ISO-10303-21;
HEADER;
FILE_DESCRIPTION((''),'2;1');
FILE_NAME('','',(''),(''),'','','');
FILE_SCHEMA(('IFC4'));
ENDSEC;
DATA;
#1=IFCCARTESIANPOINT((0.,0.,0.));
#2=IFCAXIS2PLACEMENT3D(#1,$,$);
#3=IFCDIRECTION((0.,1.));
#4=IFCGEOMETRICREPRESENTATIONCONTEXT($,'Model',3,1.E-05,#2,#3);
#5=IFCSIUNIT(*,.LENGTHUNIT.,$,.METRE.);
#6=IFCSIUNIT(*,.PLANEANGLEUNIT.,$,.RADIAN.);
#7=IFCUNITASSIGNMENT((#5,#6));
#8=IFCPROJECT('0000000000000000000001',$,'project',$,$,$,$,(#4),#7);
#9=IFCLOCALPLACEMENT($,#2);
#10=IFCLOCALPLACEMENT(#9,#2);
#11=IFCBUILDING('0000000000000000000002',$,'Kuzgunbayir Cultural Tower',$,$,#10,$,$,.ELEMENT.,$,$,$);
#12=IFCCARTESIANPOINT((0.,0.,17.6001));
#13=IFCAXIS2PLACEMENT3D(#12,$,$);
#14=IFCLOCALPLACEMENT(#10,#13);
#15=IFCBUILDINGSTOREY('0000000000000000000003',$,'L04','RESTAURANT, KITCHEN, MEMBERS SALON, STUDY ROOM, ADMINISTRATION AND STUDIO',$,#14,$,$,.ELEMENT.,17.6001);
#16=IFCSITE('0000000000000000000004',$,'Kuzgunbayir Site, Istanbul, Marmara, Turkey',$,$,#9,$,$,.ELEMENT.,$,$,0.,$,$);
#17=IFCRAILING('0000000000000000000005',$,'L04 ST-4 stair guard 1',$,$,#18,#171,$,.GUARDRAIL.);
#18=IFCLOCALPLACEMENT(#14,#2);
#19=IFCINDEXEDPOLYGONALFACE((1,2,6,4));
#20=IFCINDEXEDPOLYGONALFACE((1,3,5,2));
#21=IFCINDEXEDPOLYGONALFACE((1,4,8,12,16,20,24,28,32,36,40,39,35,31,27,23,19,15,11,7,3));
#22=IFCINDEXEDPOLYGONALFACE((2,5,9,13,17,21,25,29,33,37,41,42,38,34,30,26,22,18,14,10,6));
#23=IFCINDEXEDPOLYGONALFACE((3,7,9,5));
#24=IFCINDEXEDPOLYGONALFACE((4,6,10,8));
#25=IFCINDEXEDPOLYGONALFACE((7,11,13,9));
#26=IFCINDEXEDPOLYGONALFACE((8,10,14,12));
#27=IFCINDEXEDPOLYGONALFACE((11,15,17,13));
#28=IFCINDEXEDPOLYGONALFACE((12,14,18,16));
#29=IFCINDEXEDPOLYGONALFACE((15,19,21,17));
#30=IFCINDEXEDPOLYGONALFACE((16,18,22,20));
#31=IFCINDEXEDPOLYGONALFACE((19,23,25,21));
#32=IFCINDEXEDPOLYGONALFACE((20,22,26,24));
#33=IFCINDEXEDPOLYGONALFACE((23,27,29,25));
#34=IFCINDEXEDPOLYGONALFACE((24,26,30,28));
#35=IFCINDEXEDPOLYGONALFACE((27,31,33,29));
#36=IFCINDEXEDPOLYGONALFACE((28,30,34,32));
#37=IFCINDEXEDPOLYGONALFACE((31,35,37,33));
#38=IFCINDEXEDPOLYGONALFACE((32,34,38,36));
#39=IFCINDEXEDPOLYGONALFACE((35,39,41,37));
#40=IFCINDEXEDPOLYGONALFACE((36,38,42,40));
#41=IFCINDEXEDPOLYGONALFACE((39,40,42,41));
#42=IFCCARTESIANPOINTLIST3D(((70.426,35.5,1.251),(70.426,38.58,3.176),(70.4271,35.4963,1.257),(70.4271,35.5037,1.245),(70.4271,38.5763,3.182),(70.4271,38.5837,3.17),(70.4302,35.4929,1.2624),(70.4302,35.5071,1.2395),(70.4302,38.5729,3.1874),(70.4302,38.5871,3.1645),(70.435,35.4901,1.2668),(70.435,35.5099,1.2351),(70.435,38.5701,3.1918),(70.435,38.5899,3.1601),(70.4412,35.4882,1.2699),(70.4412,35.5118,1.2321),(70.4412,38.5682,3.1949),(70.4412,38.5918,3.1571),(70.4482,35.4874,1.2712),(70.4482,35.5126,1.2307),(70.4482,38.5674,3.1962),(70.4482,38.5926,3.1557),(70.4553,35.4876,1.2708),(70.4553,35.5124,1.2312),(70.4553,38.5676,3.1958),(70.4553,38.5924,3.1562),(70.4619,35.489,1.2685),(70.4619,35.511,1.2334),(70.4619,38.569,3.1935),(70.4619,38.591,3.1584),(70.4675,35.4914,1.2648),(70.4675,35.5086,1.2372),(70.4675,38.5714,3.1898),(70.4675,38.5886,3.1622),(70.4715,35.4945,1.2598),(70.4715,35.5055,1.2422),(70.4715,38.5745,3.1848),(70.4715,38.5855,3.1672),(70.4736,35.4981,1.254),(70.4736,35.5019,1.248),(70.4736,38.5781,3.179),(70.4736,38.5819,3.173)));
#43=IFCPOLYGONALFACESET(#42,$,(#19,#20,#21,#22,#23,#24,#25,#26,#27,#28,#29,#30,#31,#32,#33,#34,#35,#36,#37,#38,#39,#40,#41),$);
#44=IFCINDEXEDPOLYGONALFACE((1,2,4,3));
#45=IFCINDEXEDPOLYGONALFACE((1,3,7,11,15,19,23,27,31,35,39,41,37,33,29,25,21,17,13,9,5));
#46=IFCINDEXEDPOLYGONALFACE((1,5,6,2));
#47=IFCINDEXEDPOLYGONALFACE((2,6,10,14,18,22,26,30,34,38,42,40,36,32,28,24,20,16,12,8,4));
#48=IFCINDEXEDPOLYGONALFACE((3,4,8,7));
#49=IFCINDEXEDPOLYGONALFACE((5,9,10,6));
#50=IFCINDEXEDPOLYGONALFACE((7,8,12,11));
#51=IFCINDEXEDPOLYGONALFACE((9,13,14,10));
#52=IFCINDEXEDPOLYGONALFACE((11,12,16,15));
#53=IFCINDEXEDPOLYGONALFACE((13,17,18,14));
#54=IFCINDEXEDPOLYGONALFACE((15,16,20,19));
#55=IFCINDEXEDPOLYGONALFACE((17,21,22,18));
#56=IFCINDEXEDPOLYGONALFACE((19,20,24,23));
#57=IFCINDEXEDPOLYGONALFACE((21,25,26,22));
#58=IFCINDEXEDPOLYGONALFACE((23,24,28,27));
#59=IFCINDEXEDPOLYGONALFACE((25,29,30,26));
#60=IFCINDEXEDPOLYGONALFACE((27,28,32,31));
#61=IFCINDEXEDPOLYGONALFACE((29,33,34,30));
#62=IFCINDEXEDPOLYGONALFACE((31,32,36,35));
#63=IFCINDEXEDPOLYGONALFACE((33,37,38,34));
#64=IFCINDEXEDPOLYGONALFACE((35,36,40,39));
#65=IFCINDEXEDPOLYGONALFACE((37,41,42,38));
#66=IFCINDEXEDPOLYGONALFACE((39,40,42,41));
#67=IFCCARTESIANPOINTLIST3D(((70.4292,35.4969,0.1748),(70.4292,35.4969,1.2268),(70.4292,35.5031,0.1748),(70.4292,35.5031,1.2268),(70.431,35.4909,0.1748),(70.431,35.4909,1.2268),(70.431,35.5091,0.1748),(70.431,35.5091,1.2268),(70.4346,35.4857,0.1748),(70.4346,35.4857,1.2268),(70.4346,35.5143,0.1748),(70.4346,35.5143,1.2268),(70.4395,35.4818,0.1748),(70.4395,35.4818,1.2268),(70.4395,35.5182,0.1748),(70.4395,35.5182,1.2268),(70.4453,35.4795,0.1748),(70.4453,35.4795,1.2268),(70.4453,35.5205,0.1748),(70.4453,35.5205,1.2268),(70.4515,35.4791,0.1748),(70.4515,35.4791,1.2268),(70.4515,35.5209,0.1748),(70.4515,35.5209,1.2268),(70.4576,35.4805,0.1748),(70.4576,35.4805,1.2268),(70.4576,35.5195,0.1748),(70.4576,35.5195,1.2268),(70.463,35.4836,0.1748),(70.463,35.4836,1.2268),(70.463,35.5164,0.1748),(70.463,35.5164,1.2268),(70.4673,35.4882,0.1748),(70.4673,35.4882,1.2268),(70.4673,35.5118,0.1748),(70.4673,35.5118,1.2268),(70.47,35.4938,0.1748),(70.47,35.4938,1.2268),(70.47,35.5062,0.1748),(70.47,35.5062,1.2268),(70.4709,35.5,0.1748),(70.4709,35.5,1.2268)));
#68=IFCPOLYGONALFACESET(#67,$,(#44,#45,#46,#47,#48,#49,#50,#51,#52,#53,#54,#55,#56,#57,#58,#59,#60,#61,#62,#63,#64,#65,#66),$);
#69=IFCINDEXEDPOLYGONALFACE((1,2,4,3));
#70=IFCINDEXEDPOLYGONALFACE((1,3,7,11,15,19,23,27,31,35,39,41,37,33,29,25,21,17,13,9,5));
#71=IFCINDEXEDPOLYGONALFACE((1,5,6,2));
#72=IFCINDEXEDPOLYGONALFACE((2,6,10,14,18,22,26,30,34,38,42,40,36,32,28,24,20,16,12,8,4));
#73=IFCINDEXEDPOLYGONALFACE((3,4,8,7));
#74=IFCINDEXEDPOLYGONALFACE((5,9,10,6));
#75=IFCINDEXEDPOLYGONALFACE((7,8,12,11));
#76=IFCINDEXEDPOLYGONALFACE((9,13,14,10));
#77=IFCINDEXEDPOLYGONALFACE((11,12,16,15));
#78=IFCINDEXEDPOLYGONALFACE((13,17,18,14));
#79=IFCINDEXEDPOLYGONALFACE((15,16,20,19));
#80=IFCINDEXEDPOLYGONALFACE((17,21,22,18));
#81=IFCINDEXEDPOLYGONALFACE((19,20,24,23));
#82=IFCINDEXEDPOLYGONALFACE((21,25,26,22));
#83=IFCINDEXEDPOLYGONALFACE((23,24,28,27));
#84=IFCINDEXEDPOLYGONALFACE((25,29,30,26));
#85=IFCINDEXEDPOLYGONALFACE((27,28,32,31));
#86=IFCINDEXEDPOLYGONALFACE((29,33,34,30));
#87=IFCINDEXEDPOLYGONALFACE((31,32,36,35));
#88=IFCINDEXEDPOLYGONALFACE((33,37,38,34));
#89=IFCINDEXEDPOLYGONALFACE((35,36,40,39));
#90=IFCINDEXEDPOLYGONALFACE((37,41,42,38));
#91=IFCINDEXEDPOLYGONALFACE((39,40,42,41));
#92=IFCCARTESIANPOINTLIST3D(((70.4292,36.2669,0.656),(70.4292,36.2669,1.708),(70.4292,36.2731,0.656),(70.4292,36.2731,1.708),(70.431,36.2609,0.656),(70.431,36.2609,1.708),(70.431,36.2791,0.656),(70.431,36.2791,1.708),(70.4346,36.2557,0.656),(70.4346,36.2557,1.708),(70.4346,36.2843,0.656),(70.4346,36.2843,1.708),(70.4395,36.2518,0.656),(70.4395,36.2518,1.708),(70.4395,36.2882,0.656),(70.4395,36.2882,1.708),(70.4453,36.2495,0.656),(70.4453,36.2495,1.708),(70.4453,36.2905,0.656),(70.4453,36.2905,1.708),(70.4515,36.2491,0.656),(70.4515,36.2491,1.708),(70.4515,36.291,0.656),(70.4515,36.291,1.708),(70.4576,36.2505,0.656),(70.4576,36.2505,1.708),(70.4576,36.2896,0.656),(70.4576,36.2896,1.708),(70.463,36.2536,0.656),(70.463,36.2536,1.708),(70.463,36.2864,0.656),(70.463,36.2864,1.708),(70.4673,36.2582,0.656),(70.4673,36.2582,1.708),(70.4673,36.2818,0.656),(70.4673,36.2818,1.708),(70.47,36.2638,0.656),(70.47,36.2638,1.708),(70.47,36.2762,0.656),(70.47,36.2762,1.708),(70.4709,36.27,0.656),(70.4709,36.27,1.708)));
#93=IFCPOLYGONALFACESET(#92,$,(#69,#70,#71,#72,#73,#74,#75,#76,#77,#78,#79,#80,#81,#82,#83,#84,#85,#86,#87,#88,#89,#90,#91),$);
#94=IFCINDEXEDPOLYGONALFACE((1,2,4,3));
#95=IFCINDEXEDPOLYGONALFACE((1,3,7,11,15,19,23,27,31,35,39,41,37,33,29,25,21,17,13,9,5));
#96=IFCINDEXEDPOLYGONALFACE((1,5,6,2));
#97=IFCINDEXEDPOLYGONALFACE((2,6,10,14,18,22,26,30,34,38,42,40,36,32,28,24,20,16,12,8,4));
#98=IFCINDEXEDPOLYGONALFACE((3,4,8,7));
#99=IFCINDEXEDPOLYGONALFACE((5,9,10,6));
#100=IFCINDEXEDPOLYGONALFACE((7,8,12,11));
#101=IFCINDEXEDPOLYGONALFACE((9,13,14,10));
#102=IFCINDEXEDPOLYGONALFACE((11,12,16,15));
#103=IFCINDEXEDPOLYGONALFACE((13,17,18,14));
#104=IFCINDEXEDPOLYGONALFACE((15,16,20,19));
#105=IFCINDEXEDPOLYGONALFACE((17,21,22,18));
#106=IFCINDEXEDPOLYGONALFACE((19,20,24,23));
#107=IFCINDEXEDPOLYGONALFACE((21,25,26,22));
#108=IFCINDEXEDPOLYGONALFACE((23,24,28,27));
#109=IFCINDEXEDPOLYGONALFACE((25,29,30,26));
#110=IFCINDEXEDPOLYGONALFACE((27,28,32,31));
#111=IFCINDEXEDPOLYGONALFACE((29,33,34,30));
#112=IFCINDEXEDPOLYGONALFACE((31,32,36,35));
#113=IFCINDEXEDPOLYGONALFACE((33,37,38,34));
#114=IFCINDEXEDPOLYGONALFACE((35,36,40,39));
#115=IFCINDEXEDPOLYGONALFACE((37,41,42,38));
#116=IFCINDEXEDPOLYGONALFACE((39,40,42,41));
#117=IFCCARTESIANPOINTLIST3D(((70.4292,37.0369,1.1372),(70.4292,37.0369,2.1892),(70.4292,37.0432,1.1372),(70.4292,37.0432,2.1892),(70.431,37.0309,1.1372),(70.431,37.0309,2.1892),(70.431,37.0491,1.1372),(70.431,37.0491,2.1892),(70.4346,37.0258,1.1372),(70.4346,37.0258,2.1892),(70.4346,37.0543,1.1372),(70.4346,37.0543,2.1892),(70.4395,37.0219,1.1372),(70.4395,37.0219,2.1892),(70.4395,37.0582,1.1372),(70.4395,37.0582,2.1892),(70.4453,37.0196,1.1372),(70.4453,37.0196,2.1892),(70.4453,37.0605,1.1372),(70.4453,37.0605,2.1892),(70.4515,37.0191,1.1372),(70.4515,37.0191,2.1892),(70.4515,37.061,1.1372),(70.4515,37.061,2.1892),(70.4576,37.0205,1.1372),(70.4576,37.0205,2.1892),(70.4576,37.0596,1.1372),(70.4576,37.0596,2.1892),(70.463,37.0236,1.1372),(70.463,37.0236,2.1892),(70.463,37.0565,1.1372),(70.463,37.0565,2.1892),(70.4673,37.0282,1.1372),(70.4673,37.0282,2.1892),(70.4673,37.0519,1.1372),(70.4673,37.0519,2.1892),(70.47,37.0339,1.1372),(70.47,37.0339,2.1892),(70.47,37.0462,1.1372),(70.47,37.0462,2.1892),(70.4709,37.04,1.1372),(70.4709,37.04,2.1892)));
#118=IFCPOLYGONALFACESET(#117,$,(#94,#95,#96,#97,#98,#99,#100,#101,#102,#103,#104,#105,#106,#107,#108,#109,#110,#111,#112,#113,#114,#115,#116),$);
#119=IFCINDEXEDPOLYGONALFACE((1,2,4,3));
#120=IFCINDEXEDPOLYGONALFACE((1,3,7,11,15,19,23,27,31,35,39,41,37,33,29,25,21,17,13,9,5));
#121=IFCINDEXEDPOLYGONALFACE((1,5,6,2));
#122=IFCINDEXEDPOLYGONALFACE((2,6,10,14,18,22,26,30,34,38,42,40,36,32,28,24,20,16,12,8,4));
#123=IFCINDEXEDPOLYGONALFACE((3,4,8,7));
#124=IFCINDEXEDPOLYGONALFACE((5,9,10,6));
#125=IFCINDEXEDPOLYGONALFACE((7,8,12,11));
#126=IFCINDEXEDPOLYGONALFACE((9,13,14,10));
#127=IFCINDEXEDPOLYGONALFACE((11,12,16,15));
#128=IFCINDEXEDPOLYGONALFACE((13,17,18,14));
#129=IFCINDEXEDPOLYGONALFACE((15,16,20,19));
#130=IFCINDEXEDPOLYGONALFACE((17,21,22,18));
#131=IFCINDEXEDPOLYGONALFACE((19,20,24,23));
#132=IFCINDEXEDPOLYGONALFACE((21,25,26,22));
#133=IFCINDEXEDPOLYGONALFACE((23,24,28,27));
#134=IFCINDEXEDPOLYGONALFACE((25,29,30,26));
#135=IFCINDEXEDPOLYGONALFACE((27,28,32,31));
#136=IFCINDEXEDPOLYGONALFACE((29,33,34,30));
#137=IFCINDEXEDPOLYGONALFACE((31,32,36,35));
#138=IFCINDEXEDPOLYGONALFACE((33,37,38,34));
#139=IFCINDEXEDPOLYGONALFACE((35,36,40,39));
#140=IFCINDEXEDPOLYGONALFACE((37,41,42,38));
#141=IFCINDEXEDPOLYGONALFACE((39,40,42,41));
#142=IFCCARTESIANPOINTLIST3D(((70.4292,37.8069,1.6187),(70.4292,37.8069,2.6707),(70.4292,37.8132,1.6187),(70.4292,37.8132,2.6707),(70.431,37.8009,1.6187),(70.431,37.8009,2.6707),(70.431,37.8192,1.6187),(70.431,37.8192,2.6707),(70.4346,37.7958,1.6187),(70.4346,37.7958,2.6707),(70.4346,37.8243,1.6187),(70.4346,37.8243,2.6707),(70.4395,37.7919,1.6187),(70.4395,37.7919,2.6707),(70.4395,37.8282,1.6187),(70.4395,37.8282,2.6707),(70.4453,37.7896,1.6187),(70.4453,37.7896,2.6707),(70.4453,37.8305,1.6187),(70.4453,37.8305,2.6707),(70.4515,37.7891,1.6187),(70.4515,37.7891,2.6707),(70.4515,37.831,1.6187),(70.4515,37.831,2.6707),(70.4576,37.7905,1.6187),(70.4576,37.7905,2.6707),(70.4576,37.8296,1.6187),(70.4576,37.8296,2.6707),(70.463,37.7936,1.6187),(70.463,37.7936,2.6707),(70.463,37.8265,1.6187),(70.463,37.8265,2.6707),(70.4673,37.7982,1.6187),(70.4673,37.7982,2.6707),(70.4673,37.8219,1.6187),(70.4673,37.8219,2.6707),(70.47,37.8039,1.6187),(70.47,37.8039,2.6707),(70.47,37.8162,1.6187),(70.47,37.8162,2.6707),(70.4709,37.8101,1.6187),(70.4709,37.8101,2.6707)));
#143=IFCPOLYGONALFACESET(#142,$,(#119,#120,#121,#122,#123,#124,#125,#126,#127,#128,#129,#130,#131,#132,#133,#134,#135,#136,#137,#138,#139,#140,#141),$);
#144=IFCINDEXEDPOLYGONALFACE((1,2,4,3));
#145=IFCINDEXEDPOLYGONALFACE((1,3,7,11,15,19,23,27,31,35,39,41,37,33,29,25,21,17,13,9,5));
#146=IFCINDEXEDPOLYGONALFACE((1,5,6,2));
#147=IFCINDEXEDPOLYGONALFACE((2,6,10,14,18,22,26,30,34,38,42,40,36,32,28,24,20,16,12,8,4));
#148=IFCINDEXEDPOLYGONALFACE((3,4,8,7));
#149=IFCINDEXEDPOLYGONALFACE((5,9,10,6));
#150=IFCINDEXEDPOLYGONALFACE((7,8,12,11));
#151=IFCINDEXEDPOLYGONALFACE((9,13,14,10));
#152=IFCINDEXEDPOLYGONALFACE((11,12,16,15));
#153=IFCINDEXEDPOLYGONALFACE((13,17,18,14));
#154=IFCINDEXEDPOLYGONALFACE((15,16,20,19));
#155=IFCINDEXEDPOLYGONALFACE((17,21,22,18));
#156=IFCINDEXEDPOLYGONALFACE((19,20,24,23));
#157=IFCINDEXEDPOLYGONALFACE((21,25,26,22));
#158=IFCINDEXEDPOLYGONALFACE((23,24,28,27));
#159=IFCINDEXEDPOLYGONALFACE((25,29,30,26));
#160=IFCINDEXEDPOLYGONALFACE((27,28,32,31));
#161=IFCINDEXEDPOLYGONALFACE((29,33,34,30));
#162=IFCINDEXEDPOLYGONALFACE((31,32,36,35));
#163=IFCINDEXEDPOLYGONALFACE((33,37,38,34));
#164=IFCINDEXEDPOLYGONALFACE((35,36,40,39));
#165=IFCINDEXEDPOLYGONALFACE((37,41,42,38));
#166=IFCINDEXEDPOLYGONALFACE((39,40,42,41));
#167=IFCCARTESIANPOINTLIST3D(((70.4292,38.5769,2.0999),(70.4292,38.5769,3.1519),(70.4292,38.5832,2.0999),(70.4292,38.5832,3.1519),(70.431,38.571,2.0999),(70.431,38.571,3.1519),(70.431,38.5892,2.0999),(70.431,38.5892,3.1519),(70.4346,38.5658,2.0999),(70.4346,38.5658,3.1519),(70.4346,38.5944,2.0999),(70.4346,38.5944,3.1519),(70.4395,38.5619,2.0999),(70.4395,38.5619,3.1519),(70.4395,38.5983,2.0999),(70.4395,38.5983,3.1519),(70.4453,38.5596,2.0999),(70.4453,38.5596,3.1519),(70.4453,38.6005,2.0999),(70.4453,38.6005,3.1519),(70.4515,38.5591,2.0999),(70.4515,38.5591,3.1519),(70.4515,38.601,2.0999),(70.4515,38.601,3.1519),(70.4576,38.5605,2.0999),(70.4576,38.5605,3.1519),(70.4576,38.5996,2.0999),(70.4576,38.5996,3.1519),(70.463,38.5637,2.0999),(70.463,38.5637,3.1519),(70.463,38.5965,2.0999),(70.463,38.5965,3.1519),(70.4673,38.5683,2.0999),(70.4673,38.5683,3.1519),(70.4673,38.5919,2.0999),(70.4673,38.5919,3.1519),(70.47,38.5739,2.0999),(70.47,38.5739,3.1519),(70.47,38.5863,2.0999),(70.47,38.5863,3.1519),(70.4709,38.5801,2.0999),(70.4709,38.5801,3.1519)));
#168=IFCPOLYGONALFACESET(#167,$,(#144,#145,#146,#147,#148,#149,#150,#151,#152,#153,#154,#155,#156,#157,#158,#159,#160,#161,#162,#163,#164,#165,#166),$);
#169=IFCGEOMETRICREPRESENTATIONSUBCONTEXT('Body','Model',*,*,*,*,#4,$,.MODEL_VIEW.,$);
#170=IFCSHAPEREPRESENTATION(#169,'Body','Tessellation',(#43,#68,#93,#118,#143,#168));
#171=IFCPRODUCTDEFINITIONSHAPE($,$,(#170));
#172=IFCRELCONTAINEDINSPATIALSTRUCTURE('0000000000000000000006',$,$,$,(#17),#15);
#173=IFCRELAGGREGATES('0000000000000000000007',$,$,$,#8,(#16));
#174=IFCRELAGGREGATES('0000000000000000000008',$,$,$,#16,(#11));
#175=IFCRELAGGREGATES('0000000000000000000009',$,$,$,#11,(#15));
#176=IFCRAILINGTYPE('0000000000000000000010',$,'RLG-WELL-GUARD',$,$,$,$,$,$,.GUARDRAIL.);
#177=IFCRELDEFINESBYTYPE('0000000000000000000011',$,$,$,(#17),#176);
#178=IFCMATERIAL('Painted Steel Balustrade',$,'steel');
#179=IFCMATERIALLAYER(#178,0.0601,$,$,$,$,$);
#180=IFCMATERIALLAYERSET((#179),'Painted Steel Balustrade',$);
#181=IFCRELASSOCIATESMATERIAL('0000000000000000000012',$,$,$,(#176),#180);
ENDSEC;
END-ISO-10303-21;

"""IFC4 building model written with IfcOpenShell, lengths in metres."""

from ifc_helpers import new_model, si_unit, direction, frame, origin, origin_2d, place, context, subcontext, project, spatial, circle, extrude, material, layer, layer_set, type_object, element, save


model = new_model("IFC4")

# Units and contexts
model_context = context("Model", 3, precision=1e-05, world=origin(), true_north=direction((0.0, 1.0)))
body_context = subcontext(model_context, "Body", "Model", "MODEL_VIEW")
ifc_project = project(units=[si_unit("LENGTHUNIT", "METRE"), si_unit("PLANEANGLEUNIT", "RADIAN")], contexts=[model_context])

# Site, building, storey
site_placement = place(None, origin())
site = spatial("IfcSite", under=ifc_project, at=site_placement, Name="Kuzgunbayir Site, Istanbul, Marmara, Turkey", CompositionType="ELEMENT", RefElevation=0.0)
building_placement = place(site_placement, origin())
building = spatial("IfcBuilding", under=site, at=building_placement, Name="Kuzgunbayir Cultural Tower", CompositionType="ELEMENT")
storey_placement = place(building_placement, frame((0.0, 0.0, 17.6001)))
storey = spatial("IfcBuildingStorey", under=building, at=storey_placement, Name="L04", Description="RESTAURANT, KITCHEN, MEMBERS SALON, STUDY ROOM, ADMINISTRATION AND STUDIO", CompositionType="ELEMENT", Elevation=17.6001)

# Railing
ifc_material_1 = material(Name="Painted Steel Balustrade", Category="steel")
ifc_layer_1 = layer(ifc_material_1, 0.0601)
ifc_layer_set_1 = layer_set([ifc_layer_1], Name="Painted Steel Balustrade")
railing_type_1 = type_object("IfcRailingType", Name="RLG-WELL-GUARD", PredefinedType="GUARDRAIL", material=ifc_layer_set_1)
railing_1_placement = place(storey_placement, frame((70.45, 35.5, 0.1748)))
element("IfcRailing", 1, at=railing_1_placement, inside=storey, type_object=railing_type_1, Name="L04 ST-4 stair guard 1", PredefinedType="GUARDRAIL", context=body_context, shape_type="SweptSolid", body=[
    extrude(circle(Radius=0.0239, at=origin_2d()), frame((0.0, 0.0, 1.0762), z_axis=(0.0, 0.847998, 0.529999), x_axis=(-1.0, 0.0, 0.0)), (0.0, 0.0, 1.0), 3.6321),
    extrude(circle(Radius=0.021, at=origin_2d()), origin(), (0.0, 0.0, 1.0), 1.052),
    extrude(circle(Radius=0.021, at=origin_2d()), frame((0.0, 0.77, 0.4812)), (0.0, 0.0, 1.0), 1.052),
    extrude(circle(Radius=0.021, at=origin_2d()), frame((0.0, 1.54, 0.9624)), (0.0, 0.0, 1.0), 1.052),
    extrude(circle(Radius=0.021, at=origin_2d()), frame((0.0, 2.3101, 1.4438)), (0.0, 0.0, 1.0), 1.052),
    extrude(circle(Radius=0.021, at=origin_2d()), frame((0.0, 3.0801, 1.925)), (0.0, 0.0, 1.0), 1.052),
])

save(model, "model.ifc")
